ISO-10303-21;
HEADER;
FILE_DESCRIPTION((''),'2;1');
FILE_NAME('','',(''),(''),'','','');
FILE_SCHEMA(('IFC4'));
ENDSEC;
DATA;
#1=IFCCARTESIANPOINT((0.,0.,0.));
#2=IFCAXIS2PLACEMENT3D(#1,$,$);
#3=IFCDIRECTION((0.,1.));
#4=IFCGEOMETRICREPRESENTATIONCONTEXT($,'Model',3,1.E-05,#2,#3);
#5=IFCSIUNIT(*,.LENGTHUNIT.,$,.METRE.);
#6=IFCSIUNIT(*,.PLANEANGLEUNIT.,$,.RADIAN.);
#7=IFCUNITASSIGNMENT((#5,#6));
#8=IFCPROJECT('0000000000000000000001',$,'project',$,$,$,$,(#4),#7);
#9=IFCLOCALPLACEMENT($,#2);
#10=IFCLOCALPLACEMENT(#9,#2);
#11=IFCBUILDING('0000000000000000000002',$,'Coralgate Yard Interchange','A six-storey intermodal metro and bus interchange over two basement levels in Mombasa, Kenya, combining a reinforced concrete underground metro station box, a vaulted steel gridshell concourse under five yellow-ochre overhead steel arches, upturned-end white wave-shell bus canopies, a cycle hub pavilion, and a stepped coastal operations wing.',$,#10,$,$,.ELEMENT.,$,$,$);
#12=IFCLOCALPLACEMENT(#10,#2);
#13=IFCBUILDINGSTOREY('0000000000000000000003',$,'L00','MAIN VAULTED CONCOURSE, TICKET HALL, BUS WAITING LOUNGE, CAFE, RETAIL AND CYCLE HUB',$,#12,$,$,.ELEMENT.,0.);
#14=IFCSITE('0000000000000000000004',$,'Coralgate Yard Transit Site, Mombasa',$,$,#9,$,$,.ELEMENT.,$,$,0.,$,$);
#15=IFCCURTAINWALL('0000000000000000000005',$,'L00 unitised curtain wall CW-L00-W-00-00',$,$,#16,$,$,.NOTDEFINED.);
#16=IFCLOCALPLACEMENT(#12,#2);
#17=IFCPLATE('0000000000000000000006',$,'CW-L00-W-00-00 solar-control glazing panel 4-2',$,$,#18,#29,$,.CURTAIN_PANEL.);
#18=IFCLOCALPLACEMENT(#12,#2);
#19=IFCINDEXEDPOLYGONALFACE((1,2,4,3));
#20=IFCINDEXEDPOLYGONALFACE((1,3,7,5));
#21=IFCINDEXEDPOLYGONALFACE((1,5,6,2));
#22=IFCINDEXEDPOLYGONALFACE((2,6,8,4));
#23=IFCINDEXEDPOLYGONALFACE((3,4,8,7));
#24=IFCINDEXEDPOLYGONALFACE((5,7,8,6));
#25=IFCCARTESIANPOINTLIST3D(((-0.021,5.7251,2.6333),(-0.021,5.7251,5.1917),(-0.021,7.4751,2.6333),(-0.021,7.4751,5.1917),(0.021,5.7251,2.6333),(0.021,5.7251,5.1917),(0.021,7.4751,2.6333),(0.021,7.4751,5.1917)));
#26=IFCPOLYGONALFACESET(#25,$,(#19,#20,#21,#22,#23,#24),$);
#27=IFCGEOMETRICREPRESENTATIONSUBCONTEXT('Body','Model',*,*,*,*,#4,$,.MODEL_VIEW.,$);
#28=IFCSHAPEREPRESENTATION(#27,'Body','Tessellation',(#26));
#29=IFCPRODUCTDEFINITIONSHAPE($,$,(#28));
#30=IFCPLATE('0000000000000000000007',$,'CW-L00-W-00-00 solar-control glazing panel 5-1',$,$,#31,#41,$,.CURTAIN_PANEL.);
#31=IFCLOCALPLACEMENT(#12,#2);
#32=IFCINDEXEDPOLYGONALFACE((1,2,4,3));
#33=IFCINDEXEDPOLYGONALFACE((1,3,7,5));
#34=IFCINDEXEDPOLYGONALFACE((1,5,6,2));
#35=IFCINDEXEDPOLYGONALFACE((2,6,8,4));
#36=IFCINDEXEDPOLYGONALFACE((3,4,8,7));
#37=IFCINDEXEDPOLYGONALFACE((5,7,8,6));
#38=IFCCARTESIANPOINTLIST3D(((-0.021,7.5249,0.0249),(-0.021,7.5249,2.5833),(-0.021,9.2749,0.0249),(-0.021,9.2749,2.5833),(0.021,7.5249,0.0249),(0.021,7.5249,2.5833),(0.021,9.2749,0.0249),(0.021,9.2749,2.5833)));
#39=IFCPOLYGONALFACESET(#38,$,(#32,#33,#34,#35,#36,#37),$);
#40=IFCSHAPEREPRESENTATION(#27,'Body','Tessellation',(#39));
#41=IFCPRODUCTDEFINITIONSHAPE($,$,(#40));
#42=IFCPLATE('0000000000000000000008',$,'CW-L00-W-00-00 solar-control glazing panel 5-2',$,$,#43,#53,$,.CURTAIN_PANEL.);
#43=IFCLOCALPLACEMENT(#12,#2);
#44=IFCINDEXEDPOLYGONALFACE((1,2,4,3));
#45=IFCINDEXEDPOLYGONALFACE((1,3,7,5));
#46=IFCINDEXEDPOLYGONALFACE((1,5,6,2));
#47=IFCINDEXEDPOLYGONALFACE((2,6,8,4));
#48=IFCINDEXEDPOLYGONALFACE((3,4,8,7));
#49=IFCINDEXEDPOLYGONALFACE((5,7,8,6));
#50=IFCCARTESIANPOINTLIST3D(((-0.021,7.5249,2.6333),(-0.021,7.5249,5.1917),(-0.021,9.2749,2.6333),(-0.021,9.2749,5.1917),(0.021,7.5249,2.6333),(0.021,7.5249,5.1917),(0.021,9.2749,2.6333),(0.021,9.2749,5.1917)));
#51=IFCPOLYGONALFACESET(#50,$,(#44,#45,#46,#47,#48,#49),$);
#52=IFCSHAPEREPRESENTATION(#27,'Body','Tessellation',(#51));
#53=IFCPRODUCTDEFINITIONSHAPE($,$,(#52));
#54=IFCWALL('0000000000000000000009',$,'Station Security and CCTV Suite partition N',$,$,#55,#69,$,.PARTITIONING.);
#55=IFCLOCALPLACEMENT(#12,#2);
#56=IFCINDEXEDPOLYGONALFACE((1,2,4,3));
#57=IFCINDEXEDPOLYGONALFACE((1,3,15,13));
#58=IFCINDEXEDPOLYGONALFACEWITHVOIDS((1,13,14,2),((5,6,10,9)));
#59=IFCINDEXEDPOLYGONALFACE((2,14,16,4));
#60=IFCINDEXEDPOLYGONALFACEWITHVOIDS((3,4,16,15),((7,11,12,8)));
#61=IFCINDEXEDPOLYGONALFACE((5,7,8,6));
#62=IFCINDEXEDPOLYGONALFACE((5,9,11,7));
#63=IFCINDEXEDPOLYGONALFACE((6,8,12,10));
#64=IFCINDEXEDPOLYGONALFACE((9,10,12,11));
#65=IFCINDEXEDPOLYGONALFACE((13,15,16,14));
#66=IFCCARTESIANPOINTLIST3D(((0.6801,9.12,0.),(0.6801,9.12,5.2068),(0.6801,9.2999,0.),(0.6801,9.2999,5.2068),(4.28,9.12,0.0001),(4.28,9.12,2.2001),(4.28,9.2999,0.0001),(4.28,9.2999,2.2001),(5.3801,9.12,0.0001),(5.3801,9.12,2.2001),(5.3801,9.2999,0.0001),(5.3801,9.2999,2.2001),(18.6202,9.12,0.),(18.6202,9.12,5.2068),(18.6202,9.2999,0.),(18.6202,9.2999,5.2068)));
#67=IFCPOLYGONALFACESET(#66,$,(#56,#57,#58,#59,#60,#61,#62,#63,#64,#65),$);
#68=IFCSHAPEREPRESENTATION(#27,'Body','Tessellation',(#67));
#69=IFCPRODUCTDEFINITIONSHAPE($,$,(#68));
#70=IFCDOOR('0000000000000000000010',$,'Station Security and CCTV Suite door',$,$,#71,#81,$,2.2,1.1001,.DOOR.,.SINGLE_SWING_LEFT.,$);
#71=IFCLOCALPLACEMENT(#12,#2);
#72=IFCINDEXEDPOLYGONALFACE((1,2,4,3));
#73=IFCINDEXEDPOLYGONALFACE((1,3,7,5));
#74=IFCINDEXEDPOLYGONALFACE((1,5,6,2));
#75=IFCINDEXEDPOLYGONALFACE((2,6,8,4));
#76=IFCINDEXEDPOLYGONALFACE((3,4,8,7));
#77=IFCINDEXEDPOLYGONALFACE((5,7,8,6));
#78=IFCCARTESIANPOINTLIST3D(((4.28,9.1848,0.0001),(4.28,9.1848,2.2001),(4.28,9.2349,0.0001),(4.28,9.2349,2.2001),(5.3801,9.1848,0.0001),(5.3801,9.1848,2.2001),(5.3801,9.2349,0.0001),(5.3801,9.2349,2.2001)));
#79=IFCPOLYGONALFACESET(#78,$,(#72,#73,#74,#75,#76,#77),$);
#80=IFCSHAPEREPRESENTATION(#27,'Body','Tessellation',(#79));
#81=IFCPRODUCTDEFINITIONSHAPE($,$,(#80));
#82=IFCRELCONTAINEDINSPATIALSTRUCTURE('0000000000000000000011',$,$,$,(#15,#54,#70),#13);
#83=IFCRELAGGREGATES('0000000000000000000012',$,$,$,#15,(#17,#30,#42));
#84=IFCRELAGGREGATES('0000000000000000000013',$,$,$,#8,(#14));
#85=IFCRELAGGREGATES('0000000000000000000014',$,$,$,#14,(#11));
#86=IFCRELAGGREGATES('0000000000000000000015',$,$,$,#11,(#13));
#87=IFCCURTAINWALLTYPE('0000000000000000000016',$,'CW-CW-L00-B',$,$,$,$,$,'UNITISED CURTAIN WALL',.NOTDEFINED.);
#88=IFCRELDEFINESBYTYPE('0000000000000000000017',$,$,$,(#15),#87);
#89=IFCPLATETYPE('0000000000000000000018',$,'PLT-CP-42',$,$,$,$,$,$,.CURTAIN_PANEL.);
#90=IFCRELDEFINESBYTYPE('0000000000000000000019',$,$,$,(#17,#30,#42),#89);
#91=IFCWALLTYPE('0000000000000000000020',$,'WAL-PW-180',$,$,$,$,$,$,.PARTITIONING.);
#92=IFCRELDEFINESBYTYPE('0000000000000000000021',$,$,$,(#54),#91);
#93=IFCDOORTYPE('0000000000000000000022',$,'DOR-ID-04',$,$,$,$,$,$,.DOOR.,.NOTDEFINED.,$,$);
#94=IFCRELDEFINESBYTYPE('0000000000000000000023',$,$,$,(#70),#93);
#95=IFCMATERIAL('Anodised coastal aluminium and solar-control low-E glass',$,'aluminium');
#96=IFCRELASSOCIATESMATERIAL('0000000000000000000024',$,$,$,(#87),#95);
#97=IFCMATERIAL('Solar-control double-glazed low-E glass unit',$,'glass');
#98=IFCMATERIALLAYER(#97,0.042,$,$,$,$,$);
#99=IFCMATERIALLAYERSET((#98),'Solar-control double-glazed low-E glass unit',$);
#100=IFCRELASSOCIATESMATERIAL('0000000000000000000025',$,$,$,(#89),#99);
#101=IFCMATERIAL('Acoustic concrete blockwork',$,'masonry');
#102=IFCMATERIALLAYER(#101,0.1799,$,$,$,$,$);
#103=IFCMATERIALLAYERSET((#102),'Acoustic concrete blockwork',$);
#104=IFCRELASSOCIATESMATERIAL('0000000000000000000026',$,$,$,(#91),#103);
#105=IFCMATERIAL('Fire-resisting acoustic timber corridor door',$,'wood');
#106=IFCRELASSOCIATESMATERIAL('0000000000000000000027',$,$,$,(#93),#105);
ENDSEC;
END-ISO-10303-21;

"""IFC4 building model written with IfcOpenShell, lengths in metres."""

from ifc_helpers import new_model, si_unit, direction, frame, frame_2d, origin, origin_2d, place, context, subcontext, project, spatial, rectangle, extrude, material, layer, layer_set, type_object, element, fill, aggregate, save


model = new_model("IFC4")

# Units and contexts
model_context = context("Model", 3, precision=1e-05, world=origin(), true_north=direction((0.0, 1.0)))
body_context = subcontext(model_context, "Body", "Model", "MODEL_VIEW")
ifc_project = project(units=[si_unit("LENGTHUNIT", "METRE"), si_unit("PLANEANGLEUNIT", "RADIAN")], contexts=[model_context])

# Site, building, storey
site_placement = place(None, origin())
site = spatial("IfcSite", under=ifc_project, at=site_placement, Name="Coralgate Yard Transit Site, Mombasa", CompositionType="ELEMENT", RefElevation=0.0)
building_placement = place(site_placement, origin())
building = spatial("IfcBuilding", under=site, at=building_placement, Name="Coralgate Yard Interchange", Description="A six-storey intermodal metro and bus interchange over two basement levels in Mombasa, Kenya, combining a reinforced concrete underground metro station box, a vaulted steel gridshell concourse under five yellow-ochre overhead steel arches, upturned-end white wave-shell bus canopies, a cycle hub pavilion, and a stepped coastal operations wing.", CompositionType="ELEMENT")
storey_placement = place(building_placement, origin())
storey = spatial("IfcBuildingStorey", under=building, at=storey_placement, Name="L00", Description="MAIN VAULTED CONCOURSE, TICKET HALL, BUS WAITING LOUNGE, CAFE, RETAIL AND CYCLE HUB", CompositionType="ELEMENT", Elevation=0.0)

# Curtain wall, plates
ifc_material_1 = material(Name="Anodised coastal aluminium and solar-control low-E glass", Category="aluminium")
curtain_wall_type = type_object("IfcCurtainWallType", Name="CW-CW-L00-B", ElementType="UNITISED CURTAIN WALL", PredefinedType="NOTDEFINED", material=ifc_material_1)
curtain_wall_placement = place(storey_placement, origin())
curtain_wall = element("IfcCurtainWall", 1, at=curtain_wall_placement, inside=storey, type_object=curtain_wall_type, Name="L00 unitised curtain wall CW-L00-W-00-00", PredefinedType="NOTDEFINED")
ifc_material_2 = material(Name="Solar-control double-glazed low-E glass unit", Category="glass")
ifc_layer_1 = layer(ifc_material_2, 0.042)
ifc_layer_set_1 = layer_set([ifc_layer_1], Name="Solar-control double-glazed low-E glass unit")
plate_type = type_object("IfcPlateType", Name="PLT-CP-42", PredefinedType="CURTAIN_PANEL", material=ifc_layer_set_1)
plate_1_placement = place(storey_placement, frame((0.0, 6.6001, 2.6333), z_axis=(0.0, 0.0, 1.0), x_axis=(0.0, 1.0, 0.0)))
plate_1 = element("IfcPlate", 2, at=plate_1_placement, type_object=plate_type, Name="CW-L00-W-00-00 solar-control glazing panel 4-2", PredefinedType="CURTAIN_PANEL", context=body_context, shape_type="SweptSolid", body=[
    extrude(rectangle(XDim=1.75, YDim=0.042, at=origin_2d()), origin(), (0.0, 0.0, 1.0), 2.5583),
])
plate_2_placement = place(storey_placement, frame((0.0, 8.3999, 0.0249), z_axis=(0.0, 0.0, 1.0), x_axis=(0.0, 1.0, 0.0)))
plate_2 = element("IfcPlate", 3, at=plate_2_placement, type_object=plate_type, Name="CW-L00-W-00-00 solar-control glazing panel 5-1", PredefinedType="CURTAIN_PANEL", context=body_context, shape_type="SweptSolid", body=[
    extrude(rectangle(XDim=1.75, YDim=0.042, at=origin_2d()), origin(), (0.0, 0.0, 1.0), 2.5583),
])
plate_3_placement = place(storey_placement, frame((0.0, 8.3999, 2.6333), z_axis=(0.0, 0.0, 1.0), x_axis=(0.0, 1.0, 0.0)))
plate_3 = element("IfcPlate", 4, at=plate_3_placement, type_object=plate_type, Name="CW-L00-W-00-00 solar-control glazing panel 5-2", PredefinedType="CURTAIN_PANEL", context=body_context, shape_type="SweptSolid", body=[
    extrude(rectangle(XDim=1.75, YDim=0.042, at=origin_2d()), origin(), (0.0, 0.0, 1.0), 2.5583),
])
aggregate(curtain_wall, [plate_1, plate_2, plate_3])

# Wall, opening, door
ifc_material_3 = material(Name="Acoustic concrete blockwork", Category="masonry")
ifc_layer_2 = layer(ifc_material_3, 0.1799)
ifc_layer_set_2 = layer_set([ifc_layer_2], Name="Acoustic concrete blockwork")
wall_type = type_object("IfcWallType", Name="WAL-PW-180", PredefinedType="PARTITIONING", material=ifc_layer_set_2)
wall_placement = place(storey_placement, frame((0.6799, 9.21, 0.0), z_axis=(0.0, 0.0, 1.0), x_axis=(1.0, 0.0, 0.0)))
wall = element("IfcWall", 5, at=wall_placement, inside=storey, type_object=wall_type, Name="Station Security and CCTV Suite partition N", PredefinedType="PARTITIONING", context=body_context, shape_type="SweptSolid", body=[
    extrude(rectangle(XDim=17.9402, YDim=0.1799, at=frame_2d((8.9702, 0.0))), origin(), (0.0, 0.0, 1.0), 5.2068),
])
opening_placement = place(wall_placement, frame((3.6001, 0.0, 0.0)))
opening = element("IfcOpeningElement", 6, at=opening_placement, cuts=wall, PredefinedType="OPENING", context=body_context, shape_type="SweptSolid", body=[
    extrude(rectangle(XDim=1.1001, YDim=2.2, at=frame_2d((0.55, 1.1001))), frame((0.0, 0.0999, 0.0), z_axis=(0.0, -1.0, 0.0), x_axis=(1.0, 0.0, 0.0)), (0.0, 0.0, 1.0), 0.2),
])
ifc_material_4 = material(Name="Fire-resisting acoustic timber corridor door", Category="wood")
door_type = type_object("IfcDoorType", Name="DOR-ID-04", OperationType="NOTDEFINED", PredefinedType="DOOR", material=ifc_material_4)
door_placement = place(opening_placement, origin())
door = element("IfcDoor", 7, at=door_placement, inside=storey, type_object=door_type, Name="Station Security and CCTV Suite door", OperationType="SINGLE_SWING_LEFT", OverallHeight=2.2, OverallWidth=1.1001, PredefinedType="DOOR", context=body_context, shape_type="SweptSolid", body=[
    extrude(rectangle(XDim=1.1001, YDim=2.2, at=frame_2d((0.55, 1.1001))), frame((0.0, 0.0249, 0.0), z_axis=(0.0, -1.0, 0.0), x_axis=(1.0, 0.0, 0.0)), (0.0, 0.0, 1.0), 0.05),
])
fill(opening, door)

save(model, "model.ifc")
